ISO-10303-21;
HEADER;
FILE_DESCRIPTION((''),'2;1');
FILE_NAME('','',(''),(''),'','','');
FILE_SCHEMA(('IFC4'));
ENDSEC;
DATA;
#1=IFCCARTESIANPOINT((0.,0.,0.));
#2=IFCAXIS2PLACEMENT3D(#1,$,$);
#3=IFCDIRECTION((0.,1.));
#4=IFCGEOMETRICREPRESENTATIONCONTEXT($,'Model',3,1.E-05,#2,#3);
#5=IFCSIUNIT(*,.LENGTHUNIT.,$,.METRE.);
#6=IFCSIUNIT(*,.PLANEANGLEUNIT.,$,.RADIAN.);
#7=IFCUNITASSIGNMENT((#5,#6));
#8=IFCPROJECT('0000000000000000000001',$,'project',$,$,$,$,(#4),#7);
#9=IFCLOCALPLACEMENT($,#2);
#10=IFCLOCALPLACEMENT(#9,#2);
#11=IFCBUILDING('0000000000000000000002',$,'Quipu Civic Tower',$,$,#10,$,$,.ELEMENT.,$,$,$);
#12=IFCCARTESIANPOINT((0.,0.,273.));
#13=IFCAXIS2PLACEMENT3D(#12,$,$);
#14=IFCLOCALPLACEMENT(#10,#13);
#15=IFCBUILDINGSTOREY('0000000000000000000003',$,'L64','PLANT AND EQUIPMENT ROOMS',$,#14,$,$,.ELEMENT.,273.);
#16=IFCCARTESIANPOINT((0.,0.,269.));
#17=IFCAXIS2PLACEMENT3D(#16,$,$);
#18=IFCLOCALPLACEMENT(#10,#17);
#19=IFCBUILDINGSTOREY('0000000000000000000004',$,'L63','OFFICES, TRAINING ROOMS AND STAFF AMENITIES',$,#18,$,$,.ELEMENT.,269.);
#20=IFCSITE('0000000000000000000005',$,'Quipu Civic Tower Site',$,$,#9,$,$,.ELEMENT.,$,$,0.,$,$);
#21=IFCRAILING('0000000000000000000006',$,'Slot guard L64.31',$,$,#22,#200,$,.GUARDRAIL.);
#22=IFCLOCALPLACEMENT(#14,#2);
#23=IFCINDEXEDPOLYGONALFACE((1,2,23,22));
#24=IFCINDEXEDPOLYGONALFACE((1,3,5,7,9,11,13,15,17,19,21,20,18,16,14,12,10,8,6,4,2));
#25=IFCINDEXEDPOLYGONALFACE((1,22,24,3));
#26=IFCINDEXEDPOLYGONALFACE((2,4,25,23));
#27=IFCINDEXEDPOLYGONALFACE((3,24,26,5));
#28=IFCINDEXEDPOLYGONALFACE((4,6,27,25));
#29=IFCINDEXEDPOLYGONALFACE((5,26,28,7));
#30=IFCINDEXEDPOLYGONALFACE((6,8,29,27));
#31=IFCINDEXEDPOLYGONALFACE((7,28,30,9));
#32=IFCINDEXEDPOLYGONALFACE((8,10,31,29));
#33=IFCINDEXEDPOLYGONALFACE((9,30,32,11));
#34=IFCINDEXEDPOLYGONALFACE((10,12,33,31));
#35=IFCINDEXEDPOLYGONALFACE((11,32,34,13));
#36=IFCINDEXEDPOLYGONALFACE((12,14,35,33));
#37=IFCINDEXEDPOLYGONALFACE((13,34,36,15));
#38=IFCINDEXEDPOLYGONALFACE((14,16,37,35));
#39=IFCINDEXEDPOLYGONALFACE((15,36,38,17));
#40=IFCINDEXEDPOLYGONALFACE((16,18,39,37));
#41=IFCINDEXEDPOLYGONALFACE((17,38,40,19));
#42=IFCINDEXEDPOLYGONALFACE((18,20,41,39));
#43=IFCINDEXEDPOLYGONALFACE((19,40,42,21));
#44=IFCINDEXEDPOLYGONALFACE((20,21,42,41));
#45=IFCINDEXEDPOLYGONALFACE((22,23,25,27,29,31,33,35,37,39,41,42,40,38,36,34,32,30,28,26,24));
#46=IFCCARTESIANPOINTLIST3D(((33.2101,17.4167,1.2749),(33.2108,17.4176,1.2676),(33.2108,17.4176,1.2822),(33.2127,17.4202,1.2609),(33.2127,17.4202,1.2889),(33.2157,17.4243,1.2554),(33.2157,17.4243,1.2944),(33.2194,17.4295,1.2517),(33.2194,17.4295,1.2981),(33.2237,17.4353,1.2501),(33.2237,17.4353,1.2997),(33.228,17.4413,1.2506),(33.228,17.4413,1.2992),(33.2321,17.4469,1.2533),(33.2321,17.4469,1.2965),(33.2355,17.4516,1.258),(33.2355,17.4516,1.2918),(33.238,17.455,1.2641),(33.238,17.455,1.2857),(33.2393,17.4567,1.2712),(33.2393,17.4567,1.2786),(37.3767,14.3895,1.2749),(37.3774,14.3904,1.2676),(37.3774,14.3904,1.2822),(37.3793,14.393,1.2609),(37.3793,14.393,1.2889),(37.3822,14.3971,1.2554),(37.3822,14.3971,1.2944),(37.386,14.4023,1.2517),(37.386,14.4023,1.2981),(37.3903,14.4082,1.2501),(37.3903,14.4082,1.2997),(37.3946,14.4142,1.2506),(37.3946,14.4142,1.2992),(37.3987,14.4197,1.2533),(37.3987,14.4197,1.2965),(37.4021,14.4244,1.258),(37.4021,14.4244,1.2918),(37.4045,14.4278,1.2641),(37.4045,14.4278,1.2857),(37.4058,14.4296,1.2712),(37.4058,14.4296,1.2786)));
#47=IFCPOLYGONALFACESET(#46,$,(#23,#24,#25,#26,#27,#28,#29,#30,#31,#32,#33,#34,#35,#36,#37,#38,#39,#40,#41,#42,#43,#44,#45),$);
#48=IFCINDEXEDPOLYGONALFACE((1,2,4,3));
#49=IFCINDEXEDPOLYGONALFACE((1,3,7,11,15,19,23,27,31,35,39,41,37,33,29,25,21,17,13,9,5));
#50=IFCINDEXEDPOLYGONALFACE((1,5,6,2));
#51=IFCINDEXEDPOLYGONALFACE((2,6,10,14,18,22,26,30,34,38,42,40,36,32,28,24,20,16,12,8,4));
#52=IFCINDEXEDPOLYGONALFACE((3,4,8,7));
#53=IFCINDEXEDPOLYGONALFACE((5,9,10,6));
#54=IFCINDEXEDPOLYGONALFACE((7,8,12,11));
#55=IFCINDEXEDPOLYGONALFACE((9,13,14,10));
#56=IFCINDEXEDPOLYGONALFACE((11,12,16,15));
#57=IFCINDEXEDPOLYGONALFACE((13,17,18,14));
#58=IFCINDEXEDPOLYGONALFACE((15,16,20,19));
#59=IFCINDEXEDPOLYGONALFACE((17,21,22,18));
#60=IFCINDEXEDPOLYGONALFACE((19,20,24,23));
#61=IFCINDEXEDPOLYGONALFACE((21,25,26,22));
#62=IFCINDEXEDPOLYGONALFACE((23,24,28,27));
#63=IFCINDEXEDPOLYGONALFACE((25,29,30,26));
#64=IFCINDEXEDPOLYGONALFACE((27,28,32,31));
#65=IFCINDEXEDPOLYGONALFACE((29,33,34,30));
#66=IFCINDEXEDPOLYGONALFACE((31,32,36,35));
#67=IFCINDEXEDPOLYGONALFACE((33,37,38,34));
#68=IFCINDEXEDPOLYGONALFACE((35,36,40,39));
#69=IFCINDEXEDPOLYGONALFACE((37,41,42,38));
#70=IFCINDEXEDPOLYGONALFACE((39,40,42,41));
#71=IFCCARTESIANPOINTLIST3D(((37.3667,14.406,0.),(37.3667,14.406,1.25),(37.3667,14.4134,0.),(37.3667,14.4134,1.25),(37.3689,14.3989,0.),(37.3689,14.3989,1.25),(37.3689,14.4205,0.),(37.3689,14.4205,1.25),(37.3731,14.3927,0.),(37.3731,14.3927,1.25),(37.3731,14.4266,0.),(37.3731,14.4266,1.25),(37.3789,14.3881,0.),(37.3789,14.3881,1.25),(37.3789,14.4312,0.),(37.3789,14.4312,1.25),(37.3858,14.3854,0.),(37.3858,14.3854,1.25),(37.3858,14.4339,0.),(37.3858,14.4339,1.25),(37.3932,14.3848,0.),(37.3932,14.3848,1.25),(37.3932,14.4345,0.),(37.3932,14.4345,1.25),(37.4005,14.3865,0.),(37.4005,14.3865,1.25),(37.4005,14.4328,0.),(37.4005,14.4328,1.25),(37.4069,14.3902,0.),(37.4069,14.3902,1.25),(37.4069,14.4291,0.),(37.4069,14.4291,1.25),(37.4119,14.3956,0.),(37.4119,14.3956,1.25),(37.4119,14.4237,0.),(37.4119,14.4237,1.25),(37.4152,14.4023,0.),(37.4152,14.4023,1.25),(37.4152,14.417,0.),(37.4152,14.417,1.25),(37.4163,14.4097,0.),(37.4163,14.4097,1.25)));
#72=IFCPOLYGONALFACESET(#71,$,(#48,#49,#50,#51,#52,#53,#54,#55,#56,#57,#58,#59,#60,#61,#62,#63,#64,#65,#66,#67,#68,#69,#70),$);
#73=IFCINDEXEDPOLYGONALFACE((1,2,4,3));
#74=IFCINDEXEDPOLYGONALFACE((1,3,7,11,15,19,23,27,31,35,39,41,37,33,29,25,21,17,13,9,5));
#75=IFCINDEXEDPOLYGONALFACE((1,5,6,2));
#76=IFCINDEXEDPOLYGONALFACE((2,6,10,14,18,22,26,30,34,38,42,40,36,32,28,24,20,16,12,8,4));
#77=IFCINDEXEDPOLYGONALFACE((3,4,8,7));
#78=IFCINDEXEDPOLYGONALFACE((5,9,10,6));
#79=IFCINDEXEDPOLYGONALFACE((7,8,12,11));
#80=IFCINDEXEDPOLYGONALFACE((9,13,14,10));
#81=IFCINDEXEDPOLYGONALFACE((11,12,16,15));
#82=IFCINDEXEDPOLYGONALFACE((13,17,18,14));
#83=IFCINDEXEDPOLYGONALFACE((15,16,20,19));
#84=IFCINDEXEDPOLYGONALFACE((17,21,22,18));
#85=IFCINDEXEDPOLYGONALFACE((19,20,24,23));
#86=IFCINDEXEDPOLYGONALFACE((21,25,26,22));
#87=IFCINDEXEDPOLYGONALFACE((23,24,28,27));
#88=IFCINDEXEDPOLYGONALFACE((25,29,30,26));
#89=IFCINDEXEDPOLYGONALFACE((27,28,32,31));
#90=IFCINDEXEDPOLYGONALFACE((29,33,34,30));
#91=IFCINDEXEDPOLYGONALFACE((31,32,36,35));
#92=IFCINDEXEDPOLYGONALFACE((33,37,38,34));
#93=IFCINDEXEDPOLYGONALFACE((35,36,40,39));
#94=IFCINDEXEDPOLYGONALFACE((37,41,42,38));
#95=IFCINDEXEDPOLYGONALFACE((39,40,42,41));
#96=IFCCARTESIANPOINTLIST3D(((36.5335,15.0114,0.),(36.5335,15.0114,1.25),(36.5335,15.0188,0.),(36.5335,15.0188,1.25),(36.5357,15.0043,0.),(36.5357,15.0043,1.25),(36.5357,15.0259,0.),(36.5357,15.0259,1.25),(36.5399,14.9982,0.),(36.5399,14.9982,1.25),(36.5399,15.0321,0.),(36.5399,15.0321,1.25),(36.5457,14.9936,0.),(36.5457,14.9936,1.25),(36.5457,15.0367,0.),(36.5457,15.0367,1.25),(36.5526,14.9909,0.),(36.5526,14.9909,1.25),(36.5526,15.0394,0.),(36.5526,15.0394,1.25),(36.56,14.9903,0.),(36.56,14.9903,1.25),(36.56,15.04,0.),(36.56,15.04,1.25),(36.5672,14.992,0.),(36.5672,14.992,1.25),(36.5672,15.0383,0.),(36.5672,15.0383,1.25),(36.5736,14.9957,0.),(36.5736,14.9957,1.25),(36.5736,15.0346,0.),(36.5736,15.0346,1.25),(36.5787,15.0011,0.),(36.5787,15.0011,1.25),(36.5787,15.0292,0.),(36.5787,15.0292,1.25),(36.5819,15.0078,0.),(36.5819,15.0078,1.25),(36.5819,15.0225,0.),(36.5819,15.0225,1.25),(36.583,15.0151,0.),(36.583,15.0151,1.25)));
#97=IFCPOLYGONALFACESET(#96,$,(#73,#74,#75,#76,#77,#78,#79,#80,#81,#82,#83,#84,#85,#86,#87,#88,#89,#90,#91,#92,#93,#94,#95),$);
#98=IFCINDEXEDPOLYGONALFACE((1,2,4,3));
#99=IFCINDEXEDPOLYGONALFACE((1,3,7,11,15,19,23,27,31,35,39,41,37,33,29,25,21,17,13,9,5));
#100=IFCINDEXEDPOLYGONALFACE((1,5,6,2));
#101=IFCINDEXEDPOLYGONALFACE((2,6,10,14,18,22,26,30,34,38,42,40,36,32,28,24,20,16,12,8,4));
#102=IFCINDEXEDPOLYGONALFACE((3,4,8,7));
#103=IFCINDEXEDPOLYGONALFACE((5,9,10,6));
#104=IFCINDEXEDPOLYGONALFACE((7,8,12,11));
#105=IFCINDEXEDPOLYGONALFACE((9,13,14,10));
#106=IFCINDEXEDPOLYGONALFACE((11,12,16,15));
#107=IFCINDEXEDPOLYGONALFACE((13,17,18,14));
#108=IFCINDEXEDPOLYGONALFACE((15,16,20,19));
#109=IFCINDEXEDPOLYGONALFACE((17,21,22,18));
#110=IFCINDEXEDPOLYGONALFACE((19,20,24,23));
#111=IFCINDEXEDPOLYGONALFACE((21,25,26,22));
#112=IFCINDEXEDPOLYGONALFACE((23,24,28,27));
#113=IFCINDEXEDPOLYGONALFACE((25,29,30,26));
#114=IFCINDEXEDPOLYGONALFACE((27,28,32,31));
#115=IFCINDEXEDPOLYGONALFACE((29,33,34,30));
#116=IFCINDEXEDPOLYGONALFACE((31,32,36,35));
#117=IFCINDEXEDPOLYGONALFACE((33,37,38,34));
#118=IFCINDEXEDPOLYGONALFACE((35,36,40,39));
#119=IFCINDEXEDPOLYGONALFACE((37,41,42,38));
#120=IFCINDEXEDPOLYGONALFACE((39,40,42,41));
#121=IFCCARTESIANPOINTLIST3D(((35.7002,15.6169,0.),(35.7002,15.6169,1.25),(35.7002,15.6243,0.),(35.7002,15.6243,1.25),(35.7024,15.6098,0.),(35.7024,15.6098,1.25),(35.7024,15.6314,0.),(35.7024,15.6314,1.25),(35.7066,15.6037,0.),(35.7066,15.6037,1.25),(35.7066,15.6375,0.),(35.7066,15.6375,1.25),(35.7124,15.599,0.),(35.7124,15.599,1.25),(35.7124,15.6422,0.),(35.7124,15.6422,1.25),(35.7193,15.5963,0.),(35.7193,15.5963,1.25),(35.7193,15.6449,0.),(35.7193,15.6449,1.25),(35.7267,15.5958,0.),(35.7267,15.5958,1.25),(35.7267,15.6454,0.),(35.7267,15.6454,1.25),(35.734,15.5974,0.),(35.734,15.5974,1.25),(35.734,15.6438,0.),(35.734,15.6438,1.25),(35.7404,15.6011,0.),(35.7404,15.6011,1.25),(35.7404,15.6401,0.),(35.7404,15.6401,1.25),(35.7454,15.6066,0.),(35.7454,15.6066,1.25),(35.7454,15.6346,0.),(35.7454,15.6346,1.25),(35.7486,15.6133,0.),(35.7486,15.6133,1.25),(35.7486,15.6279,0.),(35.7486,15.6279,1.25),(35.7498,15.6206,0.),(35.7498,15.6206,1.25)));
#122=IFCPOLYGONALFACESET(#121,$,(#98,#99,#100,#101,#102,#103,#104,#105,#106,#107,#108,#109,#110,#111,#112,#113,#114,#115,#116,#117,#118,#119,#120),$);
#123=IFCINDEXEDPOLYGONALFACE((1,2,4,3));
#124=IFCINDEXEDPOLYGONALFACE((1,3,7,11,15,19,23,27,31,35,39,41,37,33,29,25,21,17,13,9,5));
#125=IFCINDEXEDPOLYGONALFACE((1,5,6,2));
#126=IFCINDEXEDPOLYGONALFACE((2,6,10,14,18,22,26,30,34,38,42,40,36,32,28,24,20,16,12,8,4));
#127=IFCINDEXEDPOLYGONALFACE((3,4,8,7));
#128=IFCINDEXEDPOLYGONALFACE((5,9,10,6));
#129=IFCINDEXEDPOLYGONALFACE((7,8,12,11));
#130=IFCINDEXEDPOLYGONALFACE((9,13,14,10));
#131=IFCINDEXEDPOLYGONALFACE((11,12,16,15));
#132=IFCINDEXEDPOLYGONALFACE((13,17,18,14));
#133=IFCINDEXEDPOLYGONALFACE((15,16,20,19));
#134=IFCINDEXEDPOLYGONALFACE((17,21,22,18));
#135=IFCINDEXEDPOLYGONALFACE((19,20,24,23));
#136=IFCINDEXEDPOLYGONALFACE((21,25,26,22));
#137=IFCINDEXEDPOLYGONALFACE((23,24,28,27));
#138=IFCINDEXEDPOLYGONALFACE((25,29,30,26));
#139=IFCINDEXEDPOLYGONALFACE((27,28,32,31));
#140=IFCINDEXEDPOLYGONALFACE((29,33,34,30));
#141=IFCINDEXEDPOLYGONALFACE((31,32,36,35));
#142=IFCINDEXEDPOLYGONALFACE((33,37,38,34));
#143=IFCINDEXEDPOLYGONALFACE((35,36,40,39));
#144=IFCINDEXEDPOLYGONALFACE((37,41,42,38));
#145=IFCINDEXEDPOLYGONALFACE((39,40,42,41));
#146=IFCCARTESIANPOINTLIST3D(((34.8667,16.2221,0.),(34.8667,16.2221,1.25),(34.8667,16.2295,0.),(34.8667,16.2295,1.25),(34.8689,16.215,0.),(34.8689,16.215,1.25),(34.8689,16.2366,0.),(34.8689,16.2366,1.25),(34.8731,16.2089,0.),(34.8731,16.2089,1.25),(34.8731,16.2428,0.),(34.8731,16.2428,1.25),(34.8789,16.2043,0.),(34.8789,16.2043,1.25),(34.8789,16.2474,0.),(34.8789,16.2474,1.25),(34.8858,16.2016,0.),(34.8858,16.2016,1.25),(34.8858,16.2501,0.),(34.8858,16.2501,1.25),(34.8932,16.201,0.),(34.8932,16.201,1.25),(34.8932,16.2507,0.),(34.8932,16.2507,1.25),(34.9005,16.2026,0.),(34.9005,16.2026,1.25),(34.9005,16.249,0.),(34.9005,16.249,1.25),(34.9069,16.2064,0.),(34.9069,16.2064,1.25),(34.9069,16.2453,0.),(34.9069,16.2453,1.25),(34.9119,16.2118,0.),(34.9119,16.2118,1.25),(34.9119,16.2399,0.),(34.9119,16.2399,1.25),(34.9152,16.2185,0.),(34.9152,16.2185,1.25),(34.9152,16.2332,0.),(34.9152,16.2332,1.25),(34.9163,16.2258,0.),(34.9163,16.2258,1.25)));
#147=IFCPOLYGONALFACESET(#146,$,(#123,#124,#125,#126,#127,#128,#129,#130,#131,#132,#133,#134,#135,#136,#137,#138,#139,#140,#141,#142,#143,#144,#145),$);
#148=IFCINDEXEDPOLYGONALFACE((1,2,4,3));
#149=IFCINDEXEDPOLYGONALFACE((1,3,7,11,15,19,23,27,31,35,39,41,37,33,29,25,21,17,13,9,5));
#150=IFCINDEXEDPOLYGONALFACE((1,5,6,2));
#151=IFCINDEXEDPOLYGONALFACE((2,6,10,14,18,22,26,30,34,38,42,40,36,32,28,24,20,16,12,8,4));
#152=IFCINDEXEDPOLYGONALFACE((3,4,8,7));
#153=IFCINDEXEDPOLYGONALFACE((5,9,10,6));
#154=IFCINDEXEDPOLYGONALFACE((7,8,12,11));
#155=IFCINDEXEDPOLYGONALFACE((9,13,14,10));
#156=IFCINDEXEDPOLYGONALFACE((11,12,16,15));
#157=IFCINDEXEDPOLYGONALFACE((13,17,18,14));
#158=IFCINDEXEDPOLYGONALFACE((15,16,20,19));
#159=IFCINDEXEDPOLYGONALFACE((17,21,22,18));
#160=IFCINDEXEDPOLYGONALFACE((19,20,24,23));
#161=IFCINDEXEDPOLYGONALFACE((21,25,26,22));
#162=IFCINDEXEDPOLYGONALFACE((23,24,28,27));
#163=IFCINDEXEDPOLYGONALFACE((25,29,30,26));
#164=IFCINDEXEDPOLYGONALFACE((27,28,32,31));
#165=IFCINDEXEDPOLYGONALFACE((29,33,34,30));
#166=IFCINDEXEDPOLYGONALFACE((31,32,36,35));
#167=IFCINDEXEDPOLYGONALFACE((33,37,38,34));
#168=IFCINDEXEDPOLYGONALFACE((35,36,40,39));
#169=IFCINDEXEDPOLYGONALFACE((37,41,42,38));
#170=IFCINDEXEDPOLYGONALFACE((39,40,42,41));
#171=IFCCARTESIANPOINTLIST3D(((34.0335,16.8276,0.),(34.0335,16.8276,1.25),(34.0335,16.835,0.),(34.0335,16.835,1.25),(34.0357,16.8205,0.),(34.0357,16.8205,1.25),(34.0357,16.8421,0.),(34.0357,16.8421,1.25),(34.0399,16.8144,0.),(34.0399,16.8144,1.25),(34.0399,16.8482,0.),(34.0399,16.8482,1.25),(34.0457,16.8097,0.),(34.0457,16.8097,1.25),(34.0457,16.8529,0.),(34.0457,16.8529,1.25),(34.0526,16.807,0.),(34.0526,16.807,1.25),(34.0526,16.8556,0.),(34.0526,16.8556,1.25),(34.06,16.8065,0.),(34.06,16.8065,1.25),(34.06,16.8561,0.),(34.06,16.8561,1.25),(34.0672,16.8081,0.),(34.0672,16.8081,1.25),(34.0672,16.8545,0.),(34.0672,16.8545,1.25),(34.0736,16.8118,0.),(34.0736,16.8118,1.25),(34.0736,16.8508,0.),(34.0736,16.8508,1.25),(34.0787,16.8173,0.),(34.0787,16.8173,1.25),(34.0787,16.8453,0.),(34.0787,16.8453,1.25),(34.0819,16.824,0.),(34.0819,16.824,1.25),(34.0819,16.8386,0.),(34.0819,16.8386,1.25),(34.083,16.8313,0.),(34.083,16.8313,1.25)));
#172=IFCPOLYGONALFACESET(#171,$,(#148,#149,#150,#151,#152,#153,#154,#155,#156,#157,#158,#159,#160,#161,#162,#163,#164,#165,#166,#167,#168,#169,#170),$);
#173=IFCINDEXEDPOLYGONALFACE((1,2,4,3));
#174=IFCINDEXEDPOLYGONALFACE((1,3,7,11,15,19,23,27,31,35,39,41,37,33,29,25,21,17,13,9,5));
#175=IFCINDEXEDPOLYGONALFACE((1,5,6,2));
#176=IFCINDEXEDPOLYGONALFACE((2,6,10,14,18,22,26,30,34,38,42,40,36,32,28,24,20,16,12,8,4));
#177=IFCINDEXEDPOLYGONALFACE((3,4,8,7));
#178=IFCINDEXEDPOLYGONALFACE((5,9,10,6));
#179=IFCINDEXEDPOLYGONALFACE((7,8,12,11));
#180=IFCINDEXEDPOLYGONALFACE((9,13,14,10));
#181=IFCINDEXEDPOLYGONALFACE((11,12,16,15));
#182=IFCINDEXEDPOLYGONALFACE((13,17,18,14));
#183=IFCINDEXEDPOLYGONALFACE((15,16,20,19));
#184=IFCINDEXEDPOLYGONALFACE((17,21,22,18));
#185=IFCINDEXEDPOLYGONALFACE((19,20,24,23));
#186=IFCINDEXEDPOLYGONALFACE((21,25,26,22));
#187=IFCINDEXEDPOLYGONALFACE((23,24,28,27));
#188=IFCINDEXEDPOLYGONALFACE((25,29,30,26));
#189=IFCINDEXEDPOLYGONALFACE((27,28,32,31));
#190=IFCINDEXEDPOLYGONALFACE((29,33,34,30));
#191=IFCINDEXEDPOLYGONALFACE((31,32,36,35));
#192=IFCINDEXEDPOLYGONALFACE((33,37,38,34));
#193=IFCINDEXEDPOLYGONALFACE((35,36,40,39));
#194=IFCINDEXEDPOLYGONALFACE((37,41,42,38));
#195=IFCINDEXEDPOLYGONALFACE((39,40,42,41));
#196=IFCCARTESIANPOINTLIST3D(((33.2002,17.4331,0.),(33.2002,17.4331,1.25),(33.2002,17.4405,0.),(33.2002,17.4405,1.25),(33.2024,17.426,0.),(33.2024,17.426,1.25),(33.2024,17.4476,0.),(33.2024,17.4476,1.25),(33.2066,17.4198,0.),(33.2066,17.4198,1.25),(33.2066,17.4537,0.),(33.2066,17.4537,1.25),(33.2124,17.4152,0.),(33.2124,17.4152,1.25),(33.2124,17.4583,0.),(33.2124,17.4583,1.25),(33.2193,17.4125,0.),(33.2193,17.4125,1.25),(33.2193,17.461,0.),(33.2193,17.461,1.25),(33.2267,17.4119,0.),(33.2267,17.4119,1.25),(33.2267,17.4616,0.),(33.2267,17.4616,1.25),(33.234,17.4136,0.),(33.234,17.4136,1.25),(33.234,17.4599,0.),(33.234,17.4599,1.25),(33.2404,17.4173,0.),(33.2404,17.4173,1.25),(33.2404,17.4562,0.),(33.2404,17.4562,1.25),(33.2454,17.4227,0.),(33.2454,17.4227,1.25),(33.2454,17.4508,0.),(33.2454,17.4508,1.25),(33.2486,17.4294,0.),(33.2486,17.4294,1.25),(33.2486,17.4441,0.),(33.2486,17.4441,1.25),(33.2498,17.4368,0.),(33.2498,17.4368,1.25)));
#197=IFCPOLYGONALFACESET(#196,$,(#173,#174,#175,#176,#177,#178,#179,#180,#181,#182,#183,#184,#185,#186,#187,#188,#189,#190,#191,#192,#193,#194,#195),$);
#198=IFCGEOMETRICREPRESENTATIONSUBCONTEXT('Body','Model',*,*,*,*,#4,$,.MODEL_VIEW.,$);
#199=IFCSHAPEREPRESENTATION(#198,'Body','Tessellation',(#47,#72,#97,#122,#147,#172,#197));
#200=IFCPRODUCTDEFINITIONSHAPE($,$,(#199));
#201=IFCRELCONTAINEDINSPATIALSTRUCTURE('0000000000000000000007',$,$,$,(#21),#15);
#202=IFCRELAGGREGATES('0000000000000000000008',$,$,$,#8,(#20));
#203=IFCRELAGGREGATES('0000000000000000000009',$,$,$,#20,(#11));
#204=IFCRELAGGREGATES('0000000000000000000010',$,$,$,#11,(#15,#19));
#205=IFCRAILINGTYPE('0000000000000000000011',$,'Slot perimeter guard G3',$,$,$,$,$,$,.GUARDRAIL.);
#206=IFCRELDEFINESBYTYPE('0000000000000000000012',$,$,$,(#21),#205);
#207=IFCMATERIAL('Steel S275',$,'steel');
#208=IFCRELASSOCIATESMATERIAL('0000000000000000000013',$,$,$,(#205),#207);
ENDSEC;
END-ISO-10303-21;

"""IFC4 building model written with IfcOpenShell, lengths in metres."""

from ifc_helpers import new_model, si_unit, direction, frame, origin, origin_2d, place, context, subcontext, project, spatial, circle, extrude, material, type_object, element, save


model = new_model("IFC4")

# Units and contexts
model_context = context("Model", 3, precision=1e-05, world=origin(), true_north=direction((0.0, 1.0)))
body_context = subcontext(model_context, "Body", "Model", "MODEL_VIEW")
ifc_project = project(units=[si_unit("LENGTHUNIT", "METRE"), si_unit("PLANEANGLEUNIT", "RADIAN")], contexts=[model_context])

# Site, building, storey
site_placement = place(None, origin())
site = spatial("IfcSite", under=ifc_project, at=site_placement, Name="Quipu Civic Tower Site", CompositionType="ELEMENT", RefElevation=0.0)
building_placement = place(site_placement, origin())
building = spatial("IfcBuilding", under=site, at=building_placement, Name="Quipu Civic Tower", CompositionType="ELEMENT")
storey_1_placement = place(building_placement, frame((0.0, 0.0, 273.0)))
storey_1 = spatial("IfcBuildingStorey", under=building, at=storey_1_placement, Name="L64", Description="PLANT AND EQUIPMENT ROOMS", CompositionType="ELEMENT", Elevation=273.0)

# Shared definitions
storey_2_placement = place(building_placement, frame((0.0, 0.0, 269.0)))
storey_2 = spatial("IfcBuildingStorey", under=building, at=storey_2_placement, Name="L63", Description="OFFICES, TRAINING ROOMS AND STAFF AMENITIES", CompositionType="ELEMENT", Elevation=269.0)

# Railing
ifc_material_1 = material(Name="Steel S275", Category="steel")
railing_type = type_object("IfcRailingType", Name="Slot perimeter guard G3", PredefinedType="GUARDRAIL", material=ifc_material_1)
for number, where, name in (
    (1, (37.3914, 14.4097, 0.0), "Slot guard L64.31"),
):
    element("IfcRailing", number, at=place(storey_1_placement, frame(where)), inside=storey_1, type_object=railing_type, Name=name, PredefinedType="GUARDRAIL", context=body_context, shape_type="SweptSolid", body=[
        extrude(circle(Radius=0.0249, at=origin_2d()), frame((0.0, 0.0, 1.2749), z_axis=(-0.809021, 0.58778, 0.0), x_axis=(-0.58778, -0.809021, 0.0)), (0.0, 0.0, 1.0), 5.1501),
        extrude(circle(Radius=0.0249, at=origin_2d()), origin(), (0.0, 0.0, 1.0), 1.25),
        extrude(circle(Radius=0.0249, at=origin_2d()), frame((-0.8333, 0.6055, 0.0)), (0.0, 0.0, 1.0), 1.25),
        extrude(circle(Radius=0.0249, at=origin_2d()), frame((-1.6665, 1.2109, 0.0)), (0.0, 0.0, 1.0), 1.25),
        extrude(circle(Radius=0.0249, at=origin_2d()), frame((-2.5, 1.8162, 0.0)), (0.0, 0.0, 1.0), 1.25),
        extrude(circle(Radius=0.0249, at=origin_2d()), frame((-3.3333, 2.4216, 0.0)), (0.0, 0.0, 1.0), 1.25),
        extrude(circle(Radius=0.0249, at=origin_2d()), frame((-4.1665, 3.0271, 0.0)), (0.0, 0.0, 1.0), 1.25),
    ])

save(model, "model.ifc")
